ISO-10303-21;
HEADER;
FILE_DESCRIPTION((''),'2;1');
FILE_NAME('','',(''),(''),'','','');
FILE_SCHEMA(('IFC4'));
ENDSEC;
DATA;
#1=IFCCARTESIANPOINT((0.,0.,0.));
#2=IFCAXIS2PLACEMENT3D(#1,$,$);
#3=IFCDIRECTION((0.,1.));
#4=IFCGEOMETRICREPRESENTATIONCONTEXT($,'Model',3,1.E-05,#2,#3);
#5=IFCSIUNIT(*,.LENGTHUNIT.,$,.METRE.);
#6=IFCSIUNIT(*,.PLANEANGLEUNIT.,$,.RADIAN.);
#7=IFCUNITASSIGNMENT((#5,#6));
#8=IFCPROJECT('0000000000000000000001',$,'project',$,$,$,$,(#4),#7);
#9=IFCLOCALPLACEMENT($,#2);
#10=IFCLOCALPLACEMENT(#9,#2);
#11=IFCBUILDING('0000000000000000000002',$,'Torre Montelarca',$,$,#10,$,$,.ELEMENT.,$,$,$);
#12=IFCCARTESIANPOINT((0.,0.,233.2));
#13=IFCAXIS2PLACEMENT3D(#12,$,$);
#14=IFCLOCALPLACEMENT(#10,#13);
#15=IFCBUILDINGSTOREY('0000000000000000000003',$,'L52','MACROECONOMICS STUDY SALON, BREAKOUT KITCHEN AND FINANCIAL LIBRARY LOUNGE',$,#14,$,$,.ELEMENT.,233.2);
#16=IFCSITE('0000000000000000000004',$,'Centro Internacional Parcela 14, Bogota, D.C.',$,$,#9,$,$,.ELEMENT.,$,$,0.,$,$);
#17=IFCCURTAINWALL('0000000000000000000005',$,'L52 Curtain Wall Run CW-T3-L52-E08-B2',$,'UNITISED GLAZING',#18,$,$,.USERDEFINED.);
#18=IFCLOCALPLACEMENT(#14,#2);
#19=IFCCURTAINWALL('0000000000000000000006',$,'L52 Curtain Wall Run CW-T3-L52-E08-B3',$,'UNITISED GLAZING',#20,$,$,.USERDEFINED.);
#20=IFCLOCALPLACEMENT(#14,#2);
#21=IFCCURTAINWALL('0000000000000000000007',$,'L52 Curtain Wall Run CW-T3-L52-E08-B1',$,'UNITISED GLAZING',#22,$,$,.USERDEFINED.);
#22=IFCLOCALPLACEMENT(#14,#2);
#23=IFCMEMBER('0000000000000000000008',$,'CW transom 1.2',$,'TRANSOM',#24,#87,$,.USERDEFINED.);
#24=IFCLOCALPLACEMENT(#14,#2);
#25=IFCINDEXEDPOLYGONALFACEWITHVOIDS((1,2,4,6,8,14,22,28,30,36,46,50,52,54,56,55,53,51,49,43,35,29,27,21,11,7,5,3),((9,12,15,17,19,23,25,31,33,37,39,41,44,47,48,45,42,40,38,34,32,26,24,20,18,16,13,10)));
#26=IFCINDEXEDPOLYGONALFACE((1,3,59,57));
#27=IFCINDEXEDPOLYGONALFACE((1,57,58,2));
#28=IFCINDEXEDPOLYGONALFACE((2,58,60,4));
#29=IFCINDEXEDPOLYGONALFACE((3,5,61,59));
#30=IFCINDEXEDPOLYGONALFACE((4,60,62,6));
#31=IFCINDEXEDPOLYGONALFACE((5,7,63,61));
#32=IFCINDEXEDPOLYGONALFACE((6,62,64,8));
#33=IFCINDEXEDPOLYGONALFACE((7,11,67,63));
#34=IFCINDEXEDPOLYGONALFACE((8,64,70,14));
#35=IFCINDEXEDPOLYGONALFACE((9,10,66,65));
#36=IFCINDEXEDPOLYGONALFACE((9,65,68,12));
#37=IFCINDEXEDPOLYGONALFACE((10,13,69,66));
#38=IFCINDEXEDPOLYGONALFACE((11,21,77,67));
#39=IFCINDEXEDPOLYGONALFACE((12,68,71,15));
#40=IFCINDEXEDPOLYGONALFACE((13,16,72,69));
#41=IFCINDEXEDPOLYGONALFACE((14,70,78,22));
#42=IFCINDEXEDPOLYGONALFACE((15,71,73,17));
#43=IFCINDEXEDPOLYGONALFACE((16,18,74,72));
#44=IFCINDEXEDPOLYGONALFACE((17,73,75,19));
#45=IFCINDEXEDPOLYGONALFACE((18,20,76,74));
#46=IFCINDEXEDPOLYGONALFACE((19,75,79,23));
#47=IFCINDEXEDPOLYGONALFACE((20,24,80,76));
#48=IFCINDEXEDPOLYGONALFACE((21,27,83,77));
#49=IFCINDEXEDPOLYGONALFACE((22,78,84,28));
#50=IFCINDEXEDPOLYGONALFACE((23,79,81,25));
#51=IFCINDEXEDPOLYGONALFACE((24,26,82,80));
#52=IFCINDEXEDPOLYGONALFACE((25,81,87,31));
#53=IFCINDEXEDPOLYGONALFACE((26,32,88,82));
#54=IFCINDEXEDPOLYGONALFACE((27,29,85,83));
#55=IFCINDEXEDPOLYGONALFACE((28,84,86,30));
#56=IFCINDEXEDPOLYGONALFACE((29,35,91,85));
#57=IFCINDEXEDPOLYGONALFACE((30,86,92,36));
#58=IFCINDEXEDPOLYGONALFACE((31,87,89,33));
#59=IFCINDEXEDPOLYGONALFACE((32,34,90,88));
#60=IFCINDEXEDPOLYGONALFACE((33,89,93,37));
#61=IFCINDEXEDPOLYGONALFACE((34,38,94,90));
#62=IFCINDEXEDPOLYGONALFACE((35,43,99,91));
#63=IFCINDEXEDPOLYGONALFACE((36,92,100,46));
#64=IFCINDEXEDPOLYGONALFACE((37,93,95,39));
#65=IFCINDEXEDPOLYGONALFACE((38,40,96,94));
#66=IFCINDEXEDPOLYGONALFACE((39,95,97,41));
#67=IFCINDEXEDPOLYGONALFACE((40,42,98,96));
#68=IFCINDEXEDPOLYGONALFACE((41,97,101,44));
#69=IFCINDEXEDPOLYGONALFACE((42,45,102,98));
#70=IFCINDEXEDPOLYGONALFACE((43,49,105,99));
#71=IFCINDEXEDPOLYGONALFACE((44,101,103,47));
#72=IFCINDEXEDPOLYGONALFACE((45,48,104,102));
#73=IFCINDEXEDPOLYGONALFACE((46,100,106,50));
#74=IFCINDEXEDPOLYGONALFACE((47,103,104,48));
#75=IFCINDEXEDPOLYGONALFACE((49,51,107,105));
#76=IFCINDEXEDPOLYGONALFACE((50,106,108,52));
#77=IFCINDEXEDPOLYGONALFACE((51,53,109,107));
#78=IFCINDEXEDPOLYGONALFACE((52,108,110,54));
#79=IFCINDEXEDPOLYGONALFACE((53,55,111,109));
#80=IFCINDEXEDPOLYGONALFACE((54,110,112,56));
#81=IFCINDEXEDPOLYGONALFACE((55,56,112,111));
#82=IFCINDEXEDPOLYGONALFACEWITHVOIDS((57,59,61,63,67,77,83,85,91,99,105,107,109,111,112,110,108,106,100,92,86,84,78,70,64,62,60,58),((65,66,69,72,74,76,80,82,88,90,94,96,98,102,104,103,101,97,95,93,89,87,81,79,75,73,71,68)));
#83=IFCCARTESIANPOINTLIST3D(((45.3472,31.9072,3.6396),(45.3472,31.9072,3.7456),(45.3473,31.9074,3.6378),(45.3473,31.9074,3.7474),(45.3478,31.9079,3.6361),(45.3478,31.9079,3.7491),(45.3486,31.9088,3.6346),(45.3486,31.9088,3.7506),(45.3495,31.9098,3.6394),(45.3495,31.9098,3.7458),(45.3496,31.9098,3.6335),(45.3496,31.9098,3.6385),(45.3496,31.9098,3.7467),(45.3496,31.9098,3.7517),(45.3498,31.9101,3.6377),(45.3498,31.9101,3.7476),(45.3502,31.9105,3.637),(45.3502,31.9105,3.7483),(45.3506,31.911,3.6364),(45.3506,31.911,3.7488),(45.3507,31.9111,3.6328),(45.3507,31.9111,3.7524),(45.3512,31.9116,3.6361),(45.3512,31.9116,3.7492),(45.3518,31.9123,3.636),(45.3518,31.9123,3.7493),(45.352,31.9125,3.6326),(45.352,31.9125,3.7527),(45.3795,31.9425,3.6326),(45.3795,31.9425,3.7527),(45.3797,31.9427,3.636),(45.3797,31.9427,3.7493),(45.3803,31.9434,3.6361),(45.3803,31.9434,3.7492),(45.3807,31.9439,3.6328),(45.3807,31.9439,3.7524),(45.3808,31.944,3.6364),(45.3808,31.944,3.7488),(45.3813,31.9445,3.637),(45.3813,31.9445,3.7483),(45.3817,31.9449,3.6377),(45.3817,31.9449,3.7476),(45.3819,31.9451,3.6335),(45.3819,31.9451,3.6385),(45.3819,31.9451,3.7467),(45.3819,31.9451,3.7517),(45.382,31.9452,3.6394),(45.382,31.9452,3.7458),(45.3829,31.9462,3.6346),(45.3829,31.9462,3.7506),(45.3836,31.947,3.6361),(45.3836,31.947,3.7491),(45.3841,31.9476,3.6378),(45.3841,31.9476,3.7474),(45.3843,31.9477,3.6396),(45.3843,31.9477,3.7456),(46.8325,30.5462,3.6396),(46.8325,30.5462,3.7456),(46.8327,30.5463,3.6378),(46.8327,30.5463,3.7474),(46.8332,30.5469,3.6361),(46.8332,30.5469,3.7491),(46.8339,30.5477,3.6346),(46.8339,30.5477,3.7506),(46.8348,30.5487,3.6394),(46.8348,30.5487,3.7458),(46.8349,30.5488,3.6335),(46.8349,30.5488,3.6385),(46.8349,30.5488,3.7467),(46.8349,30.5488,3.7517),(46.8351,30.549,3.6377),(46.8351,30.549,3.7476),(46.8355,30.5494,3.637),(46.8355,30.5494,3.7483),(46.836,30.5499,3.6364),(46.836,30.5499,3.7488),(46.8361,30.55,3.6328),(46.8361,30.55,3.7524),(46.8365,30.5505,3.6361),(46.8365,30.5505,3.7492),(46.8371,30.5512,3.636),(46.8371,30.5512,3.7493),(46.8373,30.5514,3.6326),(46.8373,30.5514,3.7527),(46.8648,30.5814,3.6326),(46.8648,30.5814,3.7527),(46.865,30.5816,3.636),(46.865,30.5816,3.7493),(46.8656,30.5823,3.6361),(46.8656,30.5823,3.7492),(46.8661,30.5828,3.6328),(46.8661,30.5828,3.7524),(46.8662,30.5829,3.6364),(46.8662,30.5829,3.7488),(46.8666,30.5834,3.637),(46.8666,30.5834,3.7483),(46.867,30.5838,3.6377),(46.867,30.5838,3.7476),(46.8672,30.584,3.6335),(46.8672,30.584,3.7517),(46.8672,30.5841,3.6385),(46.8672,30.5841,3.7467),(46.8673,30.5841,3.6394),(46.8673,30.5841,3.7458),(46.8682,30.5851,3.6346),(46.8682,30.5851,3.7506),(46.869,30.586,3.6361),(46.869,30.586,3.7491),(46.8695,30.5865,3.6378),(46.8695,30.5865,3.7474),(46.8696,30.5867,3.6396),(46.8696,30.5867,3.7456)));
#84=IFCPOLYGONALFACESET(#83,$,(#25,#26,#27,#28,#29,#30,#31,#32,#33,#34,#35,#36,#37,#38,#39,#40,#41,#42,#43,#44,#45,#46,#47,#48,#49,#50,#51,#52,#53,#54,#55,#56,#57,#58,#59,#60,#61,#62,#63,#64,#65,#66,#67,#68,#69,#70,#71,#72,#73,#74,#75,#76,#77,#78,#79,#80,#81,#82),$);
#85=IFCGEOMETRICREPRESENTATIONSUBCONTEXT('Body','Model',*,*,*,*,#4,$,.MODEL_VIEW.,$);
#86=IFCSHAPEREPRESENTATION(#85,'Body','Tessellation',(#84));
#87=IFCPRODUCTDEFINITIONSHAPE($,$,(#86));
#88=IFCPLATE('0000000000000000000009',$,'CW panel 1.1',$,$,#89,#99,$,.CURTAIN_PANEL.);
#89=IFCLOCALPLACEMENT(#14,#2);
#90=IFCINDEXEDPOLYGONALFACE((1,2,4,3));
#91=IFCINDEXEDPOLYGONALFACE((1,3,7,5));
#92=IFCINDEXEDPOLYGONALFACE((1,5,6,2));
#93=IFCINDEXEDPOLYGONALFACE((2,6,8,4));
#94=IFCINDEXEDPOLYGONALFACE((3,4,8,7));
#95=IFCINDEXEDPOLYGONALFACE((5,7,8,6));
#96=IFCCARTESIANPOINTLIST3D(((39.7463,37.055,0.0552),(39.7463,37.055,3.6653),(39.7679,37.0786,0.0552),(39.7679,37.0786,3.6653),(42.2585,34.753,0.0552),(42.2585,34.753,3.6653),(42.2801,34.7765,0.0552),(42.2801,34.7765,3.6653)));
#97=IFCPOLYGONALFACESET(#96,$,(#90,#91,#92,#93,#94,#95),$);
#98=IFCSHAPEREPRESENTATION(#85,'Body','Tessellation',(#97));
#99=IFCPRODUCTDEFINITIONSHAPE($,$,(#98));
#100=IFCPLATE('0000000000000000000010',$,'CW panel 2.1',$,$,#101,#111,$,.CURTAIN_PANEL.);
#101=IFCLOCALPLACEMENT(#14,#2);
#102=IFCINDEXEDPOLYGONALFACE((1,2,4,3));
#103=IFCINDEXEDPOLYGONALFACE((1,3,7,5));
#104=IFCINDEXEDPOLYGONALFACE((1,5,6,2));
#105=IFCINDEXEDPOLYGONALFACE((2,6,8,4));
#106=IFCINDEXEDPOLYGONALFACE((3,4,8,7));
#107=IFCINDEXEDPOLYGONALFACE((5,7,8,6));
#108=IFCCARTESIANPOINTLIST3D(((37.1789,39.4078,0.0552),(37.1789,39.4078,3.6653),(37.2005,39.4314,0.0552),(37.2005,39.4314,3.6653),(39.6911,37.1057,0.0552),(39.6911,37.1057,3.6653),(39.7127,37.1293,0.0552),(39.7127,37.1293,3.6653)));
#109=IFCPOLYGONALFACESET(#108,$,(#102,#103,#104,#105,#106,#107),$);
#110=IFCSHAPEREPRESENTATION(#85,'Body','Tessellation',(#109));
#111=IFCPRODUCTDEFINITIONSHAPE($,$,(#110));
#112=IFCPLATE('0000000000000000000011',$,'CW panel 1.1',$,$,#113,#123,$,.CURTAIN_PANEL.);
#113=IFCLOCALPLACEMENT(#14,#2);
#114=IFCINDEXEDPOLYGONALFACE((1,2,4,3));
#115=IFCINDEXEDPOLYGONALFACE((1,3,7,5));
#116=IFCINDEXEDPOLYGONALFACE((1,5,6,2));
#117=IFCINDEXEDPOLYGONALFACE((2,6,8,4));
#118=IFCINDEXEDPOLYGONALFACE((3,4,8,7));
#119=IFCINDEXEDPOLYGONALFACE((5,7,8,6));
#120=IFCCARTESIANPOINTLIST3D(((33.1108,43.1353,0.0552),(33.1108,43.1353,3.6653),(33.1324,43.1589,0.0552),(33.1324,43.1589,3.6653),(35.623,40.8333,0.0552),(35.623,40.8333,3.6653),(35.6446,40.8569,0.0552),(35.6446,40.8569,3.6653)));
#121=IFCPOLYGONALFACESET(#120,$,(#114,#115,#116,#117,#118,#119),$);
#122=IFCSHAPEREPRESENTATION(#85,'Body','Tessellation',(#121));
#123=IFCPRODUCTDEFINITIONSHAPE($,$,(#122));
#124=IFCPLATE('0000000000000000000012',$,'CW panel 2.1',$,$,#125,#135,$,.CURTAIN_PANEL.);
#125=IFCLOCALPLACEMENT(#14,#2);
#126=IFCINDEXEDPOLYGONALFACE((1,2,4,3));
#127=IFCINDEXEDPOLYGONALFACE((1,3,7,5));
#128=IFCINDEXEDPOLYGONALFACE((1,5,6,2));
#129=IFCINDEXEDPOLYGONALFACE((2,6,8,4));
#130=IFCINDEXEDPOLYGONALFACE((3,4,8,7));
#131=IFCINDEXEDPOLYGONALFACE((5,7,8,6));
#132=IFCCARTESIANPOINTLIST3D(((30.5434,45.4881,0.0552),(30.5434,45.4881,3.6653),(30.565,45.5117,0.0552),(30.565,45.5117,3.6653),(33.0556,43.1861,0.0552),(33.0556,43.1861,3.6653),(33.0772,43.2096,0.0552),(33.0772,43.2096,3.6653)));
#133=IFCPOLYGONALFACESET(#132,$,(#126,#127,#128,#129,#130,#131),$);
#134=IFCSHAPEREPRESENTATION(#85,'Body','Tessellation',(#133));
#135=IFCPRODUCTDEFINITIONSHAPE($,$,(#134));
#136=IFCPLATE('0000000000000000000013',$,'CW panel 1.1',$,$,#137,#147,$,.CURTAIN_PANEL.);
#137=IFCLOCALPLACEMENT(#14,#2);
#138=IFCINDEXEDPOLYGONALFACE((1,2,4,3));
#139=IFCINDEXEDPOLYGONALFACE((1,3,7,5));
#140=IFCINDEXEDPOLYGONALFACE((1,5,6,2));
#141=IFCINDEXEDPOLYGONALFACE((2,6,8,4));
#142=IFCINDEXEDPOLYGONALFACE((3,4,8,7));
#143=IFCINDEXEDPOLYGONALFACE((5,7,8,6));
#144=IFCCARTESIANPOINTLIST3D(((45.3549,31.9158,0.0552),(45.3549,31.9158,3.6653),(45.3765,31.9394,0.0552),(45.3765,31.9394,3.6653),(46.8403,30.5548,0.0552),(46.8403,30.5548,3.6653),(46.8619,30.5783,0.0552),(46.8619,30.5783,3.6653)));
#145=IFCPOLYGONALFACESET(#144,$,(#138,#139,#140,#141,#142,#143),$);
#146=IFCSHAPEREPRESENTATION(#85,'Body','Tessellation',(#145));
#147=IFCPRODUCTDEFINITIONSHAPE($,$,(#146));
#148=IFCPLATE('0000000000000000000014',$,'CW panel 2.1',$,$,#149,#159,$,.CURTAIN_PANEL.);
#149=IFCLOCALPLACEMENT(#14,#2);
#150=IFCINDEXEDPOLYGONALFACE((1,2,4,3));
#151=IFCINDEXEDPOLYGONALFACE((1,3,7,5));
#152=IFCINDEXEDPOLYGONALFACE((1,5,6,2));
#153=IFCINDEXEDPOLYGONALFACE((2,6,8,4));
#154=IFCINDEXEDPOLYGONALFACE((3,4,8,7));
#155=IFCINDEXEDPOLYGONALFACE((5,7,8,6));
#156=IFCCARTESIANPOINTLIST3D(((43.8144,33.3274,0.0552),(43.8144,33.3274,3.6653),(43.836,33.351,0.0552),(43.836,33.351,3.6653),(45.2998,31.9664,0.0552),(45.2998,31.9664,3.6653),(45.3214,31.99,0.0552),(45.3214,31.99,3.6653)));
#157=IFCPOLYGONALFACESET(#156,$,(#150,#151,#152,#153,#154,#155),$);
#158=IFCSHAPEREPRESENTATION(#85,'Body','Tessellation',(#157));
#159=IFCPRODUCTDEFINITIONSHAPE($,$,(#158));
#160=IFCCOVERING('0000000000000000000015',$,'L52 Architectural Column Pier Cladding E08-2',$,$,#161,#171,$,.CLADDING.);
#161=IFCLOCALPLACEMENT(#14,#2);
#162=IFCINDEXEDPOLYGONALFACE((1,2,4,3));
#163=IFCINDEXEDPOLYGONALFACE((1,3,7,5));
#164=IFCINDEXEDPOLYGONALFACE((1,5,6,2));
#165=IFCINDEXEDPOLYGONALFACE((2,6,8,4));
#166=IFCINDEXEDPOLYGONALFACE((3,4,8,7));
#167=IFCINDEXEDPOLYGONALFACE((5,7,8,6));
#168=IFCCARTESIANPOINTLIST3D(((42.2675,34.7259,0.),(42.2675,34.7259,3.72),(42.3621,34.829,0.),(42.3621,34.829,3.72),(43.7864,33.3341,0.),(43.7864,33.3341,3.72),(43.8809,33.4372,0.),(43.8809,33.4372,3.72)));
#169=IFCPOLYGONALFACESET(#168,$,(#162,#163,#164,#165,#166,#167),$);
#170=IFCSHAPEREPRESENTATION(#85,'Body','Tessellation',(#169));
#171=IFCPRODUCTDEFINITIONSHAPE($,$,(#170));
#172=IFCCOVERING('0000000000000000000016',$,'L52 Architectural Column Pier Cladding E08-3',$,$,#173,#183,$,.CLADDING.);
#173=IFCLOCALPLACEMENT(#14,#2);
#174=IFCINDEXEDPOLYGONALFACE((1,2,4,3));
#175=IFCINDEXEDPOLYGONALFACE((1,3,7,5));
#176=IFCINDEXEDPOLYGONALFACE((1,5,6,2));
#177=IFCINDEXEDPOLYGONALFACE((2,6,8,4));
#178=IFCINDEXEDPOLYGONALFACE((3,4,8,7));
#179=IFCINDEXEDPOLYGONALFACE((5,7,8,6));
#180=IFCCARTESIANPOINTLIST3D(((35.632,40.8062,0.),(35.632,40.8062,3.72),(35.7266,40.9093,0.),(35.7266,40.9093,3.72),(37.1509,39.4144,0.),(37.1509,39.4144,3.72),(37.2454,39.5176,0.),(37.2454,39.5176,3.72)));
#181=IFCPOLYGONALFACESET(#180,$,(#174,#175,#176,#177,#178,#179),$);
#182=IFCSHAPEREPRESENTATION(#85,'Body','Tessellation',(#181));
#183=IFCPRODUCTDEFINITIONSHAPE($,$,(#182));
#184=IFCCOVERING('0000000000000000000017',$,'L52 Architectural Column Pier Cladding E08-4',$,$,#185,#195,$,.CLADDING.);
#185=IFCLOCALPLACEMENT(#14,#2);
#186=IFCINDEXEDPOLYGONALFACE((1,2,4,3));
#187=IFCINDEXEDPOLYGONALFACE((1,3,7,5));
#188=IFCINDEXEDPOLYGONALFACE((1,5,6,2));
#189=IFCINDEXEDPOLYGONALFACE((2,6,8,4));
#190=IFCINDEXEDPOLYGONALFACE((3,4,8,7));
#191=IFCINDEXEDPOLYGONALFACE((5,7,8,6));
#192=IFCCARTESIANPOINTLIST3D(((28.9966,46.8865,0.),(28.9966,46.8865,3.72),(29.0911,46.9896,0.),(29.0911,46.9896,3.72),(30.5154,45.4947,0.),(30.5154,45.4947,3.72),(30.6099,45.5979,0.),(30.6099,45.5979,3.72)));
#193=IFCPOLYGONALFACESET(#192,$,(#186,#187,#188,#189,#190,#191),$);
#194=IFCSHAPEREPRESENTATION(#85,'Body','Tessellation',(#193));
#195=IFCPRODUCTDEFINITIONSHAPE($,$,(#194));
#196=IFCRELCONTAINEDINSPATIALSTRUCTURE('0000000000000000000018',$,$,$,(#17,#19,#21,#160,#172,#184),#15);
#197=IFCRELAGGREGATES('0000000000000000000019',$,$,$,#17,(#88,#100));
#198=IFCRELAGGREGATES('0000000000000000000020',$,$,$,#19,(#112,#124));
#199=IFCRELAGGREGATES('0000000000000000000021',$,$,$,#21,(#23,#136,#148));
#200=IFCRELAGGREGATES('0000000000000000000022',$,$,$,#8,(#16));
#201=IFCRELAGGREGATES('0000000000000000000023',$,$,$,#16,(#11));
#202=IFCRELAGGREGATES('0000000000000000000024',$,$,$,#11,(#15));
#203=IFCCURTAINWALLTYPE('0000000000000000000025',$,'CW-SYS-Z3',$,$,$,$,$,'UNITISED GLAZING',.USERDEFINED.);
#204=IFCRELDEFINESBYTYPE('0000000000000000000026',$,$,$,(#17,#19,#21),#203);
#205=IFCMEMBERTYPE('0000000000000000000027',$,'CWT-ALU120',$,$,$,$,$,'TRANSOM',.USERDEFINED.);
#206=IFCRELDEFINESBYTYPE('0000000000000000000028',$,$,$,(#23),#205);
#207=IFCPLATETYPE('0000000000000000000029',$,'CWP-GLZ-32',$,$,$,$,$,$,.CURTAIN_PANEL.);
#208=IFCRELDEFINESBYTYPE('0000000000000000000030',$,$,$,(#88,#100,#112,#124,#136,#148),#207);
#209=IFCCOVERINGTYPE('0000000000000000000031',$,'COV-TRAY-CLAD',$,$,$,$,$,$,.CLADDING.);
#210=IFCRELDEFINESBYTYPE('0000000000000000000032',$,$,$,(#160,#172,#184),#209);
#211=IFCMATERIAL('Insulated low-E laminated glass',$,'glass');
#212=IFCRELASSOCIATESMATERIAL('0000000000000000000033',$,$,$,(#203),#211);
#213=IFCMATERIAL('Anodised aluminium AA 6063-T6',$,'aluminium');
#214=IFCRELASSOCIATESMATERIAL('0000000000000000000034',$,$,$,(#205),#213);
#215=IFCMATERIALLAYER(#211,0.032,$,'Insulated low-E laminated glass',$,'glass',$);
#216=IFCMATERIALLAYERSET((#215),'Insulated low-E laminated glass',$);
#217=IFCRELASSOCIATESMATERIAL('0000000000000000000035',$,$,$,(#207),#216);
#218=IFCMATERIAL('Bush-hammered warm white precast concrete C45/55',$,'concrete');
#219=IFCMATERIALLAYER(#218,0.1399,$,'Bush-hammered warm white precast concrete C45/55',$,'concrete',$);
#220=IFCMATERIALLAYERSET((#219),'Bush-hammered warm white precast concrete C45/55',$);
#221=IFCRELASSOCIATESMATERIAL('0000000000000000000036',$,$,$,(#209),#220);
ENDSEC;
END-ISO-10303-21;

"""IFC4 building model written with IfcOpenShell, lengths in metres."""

from ifc_helpers import new_model, si_unit, direction, frame, origin, origin_2d, place, context, subcontext, project, spatial, rectangle, hollow_rectangle, extrude, source, transform, mapped, material, layer, layer_set, material_profile, profile_set, type_object, element, aggregate, save


model = new_model("IFC4")

# Units and contexts
model_context = context("Model", 3, precision=1e-05, world=origin(), true_north=direction((0.0, 1.0)))
body_context = subcontext(model_context, "Body", "Model", "MODEL_VIEW")
ifc_project = project(units=[si_unit("LENGTHUNIT", "METRE"), si_unit("PLANEANGLEUNIT", "RADIAN")], contexts=[model_context])

# Site, building, storey
site_placement = place(None, origin())
site = spatial("IfcSite", under=ifc_project, at=site_placement, Name="Centro Internacional Parcela 14, Bogota, D.C.", CompositionType="ELEMENT", RefElevation=0.0)
building_placement = place(site_placement, origin())
building = spatial("IfcBuilding", under=site, at=building_placement, Name="Torre Montelarca", CompositionType="ELEMENT")
storey_placement = place(building_placement, frame((0.0, 0.0, 233.2)))
storey = spatial("IfcBuildingStorey", under=building, at=storey_placement, Name="L52", Description="MACROECONOMICS STUDY SALON, BREAKOUT KITCHEN AND FINANCIAL LIBRARY LOUNGE", CompositionType="ELEMENT", Elevation=233.2)

# Curtain walls
ifc_material_1 = material(Name="Insulated low-E laminated glass", Category="glass")
curtain_wall_type = type_object("IfcCurtainWallType", Name="CW-SYS-Z3", ElementType="UNITISED GLAZING", PredefinedType="USERDEFINED", material=ifc_material_1)
curtain_wall_1_placement = place(storey_placement, origin())
curtain_wall_1 = element("IfcCurtainWall", 1, at=curtain_wall_1_placement, inside=storey, type_object=curtain_wall_type, Name="L52 Curtain Wall Run CW-T3-L52-E08-B2", ObjectType="UNITISED GLAZING", PredefinedType="USERDEFINED")
ifc_material_2 = material(Name="Anodised aluminium AA 6063-T6", Category="aluminium")
ifc_material_profile_1 = material_profile(ifc_material_2, hollow_rectangle(XDim=0.0549, YDim=0.1201, WallThickness=0.0034, InnerFilletRadius=0.0034, OuterFilletRadius=0.0071, at=origin_2d()), Name="ALU55X120X3.5", Category="aluminium")
ifc_profile_set_1 = profile_set([ifc_material_profile_1], Name="Anodised aluminium AA 6063-T6")
member_type_1 = type_object("IfcMemberType", Name="CWT-ALU120", ElementType="TRANSOM", PredefinedType="USERDEFINED", material=ifc_profile_set_1)
curtain_wall_2_placement = place(storey_placement, origin())
curtain_wall_2 = element("IfcCurtainWall", 2, at=curtain_wall_2_placement, inside=storey, type_object=curtain_wall_type, Name="L52 Curtain Wall Run CW-T3-L52-E08-B3", ObjectType="UNITISED GLAZING", PredefinedType="USERDEFINED")
curtain_wall_3_placement = place(storey_placement, origin())
curtain_wall_3 = element("IfcCurtainWall", 3, at=curtain_wall_3_placement, inside=storey, type_object=curtain_wall_type, Name="L52 Curtain Wall Run CW-T3-L52-E08-B1", ObjectType="UNITISED GLAZING", PredefinedType="USERDEFINED")

# Member
shared_shape_1 = source(origin(), body_context, "Body", "SweptSolid", [
    extrude(hollow_rectangle(XDim=0.0549, YDim=0.1201, WallThickness=0.0034, InnerFilletRadius=0.0034, OuterFilletRadius=0.0071, at=origin_2d()), origin(), (0.0, 0.0, 1.0), 2.0146),
])
member_1_placement = place(storey_placement, frame((46.8511, 30.5664, 3.6926), z_axis=(-0.737275, 0.675593, 0.0), x_axis=(-0.675593, -0.737275, 0.0)))
member_1 = element("IfcMember", 4, at=member_1_placement, type_object=member_type_1, Name="CW transom 1.2", ObjectType="TRANSOM", PredefinedType="USERDEFINED", context=body_context, shape_type="MappedRepresentation", body=[
    mapped(shared_shape_1, transform((0.0, 0.0, 0.0), scale=1.0)),
])

# Plates
ifc_layer_1 = layer(ifc_material_1, 0.032, Name="Insulated low-E laminated glass", Category="glass")
ifc_layer_set_1 = layer_set([ifc_layer_1], Name="Insulated low-E laminated glass")
plate_type = type_object("IfcPlateType", Name="CWP-GLZ-32", PredefinedType="CURTAIN_PANEL", material=ifc_layer_set_1)
shared_shape_2 = source(origin(), body_context, "Body", "SweptSolid", [
    extrude(rectangle(XDim=3.4075, YDim=0.032, at=origin_2d()), origin(), (0.0, 0.0, 1.0), 3.6101),
])
plate_1_placement = place(storey_placement, frame((41.0132, 35.9158, 0.0552), z_axis=(0.0, 0.0, 1.0), x_axis=(-0.737279, 0.675588, 0.0)))
plate_1 = element("IfcPlate", 5, at=plate_1_placement, type_object=plate_type, Name="CW panel 1.1", PredefinedType="CURTAIN_PANEL", context=body_context, shape_type="MappedRepresentation", body=[
    mapped(shared_shape_2, transform((0.0, 0.0, 0.0), scale=1.0)),
])
plate_2_placement = place(storey_placement, frame((38.4458, 38.2686, 0.0552), z_axis=(0.0, 0.0, 1.0), x_axis=(-0.737279, 0.675588, 0.0)))
plate_2 = element("IfcPlate", 6, at=plate_2_placement, type_object=plate_type, Name="CW panel 2.1", PredefinedType="CURTAIN_PANEL", context=body_context, shape_type="MappedRepresentation", body=[
    mapped(shared_shape_2, transform((0.0, 0.0, 0.0), scale=1.0)),
])
aggregate(curtain_wall_1, [plate_1, plate_2])
plate_3_placement = place(storey_placement, frame((34.3777, 41.9961, 0.0552), z_axis=(0.0, 0.0, 1.0), x_axis=(-0.737279, 0.675588, 0.0)))
plate_3 = element("IfcPlate", 7, at=plate_3_placement, type_object=plate_type, Name="CW panel 1.1", PredefinedType="CURTAIN_PANEL", context=body_context, shape_type="MappedRepresentation", body=[
    mapped(shared_shape_2, transform((0.0, 0.0, 0.0), scale=1.0)),
])
plate_4_placement = place(storey_placement, frame((31.8103, 44.3489, 0.0552), z_axis=(0.0, 0.0, 1.0), x_axis=(-0.737279, 0.675588, 0.0)))
plate_4 = element("IfcPlate", 8, at=plate_4_placement, type_object=plate_type, Name="CW panel 2.1", PredefinedType="CURTAIN_PANEL", context=body_context, shape_type="MappedRepresentation", body=[
    mapped(shared_shape_2, transform((0.0, 0.0, 0.0), scale=1.0)),
])
aggregate(curtain_wall_2, [plate_3, plate_4])
shared_shape_3 = source(origin(), body_context, "Body", "SweptSolid", [
    extrude(rectangle(XDim=2.0146, YDim=0.032, at=origin_2d()), origin(), (0.0, 0.0, 1.0), 3.6101),
])
plate_5_placement = place(storey_placement, frame((46.1084, 31.2471, 0.0552), z_axis=(0.0, 0.0, 1.0), x_axis=(-0.737285, 0.675582, 0.0)))
plate_5 = element("IfcPlate", 9, at=plate_5_placement, type_object=plate_type, Name="CW panel 1.1", PredefinedType="CURTAIN_PANEL", context=body_context, shape_type="MappedRepresentation", body=[
    mapped(shared_shape_3, transform((0.0, 0.0, 0.0), scale=1.0)),
])
plate_6_placement = place(storey_placement, frame((44.5679, 32.6587, 0.0552), z_axis=(0.0, 0.0, 1.0), x_axis=(-0.737285, 0.675582, 0.0)))
plate_6 = element("IfcPlate", 10, at=plate_6_placement, type_object=plate_type, Name="CW panel 2.1", PredefinedType="CURTAIN_PANEL", context=body_context, shape_type="MappedRepresentation", body=[
    mapped(shared_shape_3, transform((0.0, 0.0, 0.0), scale=1.0)),
])
aggregate(curtain_wall_3, [member_1, plate_5, plate_6])

# Coverings
ifc_material_3 = material(Name="Bush-hammered warm white precast concrete C45/55", Category="concrete")
ifc_layer_2 = layer(ifc_material_3, 0.1399, Name="Bush-hammered warm white precast concrete C45/55", Category="concrete")
ifc_layer_set_2 = layer_set([ifc_layer_2], Name="Bush-hammered warm white precast concrete C45/55")
covering_type = type_object("IfcCoveringType", Name="COV-TRAY-CLAD", PredefinedType="CLADDING", material=ifc_layer_set_2)
shared_shape_4 = source(origin(), body_context, "Body", "SweptSolid", [
    extrude(rectangle(XDim=2.0601, YDim=0.1399, at=origin_2d()), origin(), (0.0, 0.0, 1.0), 3.72),
])
for number, where, z_axis, x_axis, name in (
    (11, (43.0742, 34.0815, 0.0), (0.0, 0.0, 1.0), (-0.737277, 0.67559, 0.0), "L52 Architectural Column Pier Cladding E08-2"),
    (12, (36.4387, 40.1619, 0.0), (0.0, 0.0, 1.0), (-0.737277, 0.67559, 0.0), "L52 Architectural Column Pier Cladding E08-3"),
    (13, (29.8032, 46.2422, 0.0), (0.0, 0.0, 1.0), (-0.737277, 0.67559, 0.0), "L52 Architectural Column Pier Cladding E08-4"),
):
    element("IfcCovering", number, at=place(storey_placement, frame(where, z_axis=z_axis, x_axis=x_axis)), inside=storey, type_object=covering_type, Name=name, PredefinedType="CLADDING", context=body_context, shape_type="MappedRepresentation", body=[
        mapped(shared_shape_4, transform((0.0, 0.0, 0.0), scale=1.0)),
    ])

save(model, "model.ifc")
